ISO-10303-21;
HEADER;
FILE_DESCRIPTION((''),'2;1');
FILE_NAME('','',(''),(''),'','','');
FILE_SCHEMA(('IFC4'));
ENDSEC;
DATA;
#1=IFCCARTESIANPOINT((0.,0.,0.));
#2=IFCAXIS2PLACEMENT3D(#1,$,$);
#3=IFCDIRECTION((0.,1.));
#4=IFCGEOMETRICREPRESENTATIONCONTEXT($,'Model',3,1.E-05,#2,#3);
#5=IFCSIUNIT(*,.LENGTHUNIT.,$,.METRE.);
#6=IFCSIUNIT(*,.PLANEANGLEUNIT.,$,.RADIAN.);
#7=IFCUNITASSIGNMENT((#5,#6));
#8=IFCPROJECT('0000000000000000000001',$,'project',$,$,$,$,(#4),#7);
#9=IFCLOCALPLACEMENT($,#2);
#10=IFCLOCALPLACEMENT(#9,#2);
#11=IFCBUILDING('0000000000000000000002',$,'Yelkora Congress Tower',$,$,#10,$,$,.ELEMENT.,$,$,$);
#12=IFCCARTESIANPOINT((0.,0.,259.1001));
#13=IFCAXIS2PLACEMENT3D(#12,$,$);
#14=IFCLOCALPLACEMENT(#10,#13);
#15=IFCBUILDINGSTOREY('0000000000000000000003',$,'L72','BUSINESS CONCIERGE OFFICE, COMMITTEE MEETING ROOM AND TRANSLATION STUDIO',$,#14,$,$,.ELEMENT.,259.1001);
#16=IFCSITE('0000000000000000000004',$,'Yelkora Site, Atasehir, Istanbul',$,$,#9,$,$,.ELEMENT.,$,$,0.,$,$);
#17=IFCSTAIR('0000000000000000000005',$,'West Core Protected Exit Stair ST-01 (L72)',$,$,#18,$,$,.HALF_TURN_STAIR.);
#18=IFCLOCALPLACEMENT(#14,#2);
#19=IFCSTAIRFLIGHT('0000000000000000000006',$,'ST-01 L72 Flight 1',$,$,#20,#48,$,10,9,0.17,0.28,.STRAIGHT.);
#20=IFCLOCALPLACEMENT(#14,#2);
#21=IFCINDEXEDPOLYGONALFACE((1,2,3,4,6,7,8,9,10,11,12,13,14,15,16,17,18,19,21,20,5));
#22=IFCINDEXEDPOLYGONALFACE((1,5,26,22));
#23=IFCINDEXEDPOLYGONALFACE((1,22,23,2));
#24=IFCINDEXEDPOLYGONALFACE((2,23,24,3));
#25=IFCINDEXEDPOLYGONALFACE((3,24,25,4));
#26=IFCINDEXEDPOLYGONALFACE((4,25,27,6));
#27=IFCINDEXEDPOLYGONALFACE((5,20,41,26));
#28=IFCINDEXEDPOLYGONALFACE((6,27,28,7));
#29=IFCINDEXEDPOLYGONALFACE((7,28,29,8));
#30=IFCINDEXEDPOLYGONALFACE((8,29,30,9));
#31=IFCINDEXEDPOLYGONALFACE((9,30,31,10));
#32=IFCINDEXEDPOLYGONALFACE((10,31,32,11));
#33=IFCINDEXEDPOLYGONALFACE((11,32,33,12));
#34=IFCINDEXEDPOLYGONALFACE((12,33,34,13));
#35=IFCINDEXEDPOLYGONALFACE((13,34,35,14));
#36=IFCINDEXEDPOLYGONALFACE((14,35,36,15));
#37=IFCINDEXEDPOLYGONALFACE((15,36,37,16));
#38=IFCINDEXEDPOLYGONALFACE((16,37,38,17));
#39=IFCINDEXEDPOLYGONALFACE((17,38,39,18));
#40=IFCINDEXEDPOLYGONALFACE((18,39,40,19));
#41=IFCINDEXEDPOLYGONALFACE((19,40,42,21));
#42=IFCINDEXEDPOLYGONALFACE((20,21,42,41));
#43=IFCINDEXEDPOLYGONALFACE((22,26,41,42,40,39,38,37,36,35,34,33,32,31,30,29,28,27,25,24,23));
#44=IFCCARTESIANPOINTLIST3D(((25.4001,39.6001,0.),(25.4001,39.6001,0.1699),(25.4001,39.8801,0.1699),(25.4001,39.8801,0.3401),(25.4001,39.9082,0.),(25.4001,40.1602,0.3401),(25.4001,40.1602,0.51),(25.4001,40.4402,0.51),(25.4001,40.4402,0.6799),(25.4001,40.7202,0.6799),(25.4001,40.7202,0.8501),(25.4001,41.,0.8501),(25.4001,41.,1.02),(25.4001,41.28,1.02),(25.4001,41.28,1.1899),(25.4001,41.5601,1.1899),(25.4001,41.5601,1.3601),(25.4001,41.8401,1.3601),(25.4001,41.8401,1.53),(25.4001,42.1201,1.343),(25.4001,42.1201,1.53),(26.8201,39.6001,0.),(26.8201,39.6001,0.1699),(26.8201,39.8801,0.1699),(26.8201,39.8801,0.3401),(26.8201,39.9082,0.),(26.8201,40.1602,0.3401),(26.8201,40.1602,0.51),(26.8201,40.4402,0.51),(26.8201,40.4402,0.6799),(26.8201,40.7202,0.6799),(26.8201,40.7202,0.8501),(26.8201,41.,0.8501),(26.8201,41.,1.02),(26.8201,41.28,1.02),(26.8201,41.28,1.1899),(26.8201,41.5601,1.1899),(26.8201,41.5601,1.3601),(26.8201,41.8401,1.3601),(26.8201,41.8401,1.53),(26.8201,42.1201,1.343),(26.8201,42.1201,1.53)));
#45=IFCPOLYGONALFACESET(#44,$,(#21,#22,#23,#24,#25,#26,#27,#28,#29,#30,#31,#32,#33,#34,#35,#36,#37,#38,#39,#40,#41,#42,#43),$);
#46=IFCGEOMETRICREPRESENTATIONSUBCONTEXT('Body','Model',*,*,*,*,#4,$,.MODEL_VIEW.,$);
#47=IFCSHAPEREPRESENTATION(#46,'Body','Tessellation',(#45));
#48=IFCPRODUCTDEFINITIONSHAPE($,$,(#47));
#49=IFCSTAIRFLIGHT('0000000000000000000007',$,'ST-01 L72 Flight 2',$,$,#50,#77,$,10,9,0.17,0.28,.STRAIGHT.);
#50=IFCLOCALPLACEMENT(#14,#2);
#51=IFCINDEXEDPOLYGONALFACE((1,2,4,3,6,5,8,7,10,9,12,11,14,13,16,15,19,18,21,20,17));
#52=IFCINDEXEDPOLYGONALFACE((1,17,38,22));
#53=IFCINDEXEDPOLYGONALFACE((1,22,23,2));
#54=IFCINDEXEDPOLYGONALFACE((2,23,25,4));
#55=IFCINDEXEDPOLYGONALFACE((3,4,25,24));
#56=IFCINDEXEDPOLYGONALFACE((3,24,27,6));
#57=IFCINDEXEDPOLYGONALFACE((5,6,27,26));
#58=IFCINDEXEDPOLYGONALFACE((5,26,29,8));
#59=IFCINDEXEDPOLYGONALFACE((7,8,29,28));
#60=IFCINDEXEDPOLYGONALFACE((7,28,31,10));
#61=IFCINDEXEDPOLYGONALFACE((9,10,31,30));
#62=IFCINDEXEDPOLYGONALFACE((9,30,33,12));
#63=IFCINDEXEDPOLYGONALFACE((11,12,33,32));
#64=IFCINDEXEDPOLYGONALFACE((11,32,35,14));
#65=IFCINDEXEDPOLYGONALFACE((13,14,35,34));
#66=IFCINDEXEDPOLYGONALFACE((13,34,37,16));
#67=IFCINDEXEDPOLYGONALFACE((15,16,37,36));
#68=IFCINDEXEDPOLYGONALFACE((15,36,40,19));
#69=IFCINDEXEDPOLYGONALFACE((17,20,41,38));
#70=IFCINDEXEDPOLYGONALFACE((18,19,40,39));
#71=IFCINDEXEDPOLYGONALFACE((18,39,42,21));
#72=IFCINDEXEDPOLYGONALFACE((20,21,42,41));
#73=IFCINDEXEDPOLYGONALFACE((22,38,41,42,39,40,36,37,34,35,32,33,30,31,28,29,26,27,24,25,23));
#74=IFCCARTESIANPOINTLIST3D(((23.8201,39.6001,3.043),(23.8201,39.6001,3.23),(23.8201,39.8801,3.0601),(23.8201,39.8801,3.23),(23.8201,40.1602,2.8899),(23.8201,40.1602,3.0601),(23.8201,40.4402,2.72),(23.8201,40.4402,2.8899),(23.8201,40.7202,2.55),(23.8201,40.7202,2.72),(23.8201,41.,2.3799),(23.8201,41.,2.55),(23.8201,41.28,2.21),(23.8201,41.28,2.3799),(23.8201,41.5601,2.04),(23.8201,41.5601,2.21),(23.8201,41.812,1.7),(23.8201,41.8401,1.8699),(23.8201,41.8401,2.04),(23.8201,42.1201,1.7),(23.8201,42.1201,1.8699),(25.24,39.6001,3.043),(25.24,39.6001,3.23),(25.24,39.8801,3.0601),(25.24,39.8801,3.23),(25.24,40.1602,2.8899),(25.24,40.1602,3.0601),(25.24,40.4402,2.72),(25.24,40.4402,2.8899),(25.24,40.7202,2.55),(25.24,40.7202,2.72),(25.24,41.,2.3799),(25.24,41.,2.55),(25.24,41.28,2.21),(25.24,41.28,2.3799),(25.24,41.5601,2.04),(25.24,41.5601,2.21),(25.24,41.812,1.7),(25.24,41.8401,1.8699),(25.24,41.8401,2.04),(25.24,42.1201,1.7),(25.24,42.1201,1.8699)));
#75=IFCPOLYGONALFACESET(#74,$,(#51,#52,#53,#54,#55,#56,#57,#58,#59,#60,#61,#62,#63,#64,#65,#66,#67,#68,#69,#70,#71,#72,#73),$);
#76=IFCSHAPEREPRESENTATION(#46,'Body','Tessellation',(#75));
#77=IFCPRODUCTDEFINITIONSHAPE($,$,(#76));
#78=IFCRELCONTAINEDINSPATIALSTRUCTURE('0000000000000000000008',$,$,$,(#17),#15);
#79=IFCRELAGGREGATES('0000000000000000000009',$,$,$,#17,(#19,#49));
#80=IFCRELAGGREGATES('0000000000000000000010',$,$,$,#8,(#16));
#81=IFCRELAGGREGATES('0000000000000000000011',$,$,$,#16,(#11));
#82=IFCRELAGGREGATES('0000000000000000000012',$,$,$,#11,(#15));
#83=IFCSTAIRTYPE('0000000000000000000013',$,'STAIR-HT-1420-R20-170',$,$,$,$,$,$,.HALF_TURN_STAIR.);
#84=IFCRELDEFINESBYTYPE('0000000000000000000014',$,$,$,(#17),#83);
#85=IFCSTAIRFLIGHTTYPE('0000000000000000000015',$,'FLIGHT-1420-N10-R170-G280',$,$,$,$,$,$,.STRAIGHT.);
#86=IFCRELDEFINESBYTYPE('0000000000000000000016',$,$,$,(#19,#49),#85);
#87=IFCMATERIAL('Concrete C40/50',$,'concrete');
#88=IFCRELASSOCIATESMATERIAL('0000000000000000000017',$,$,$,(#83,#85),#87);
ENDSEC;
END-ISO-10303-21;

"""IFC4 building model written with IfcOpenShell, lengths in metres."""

from ifc_helpers import new_model, si_unit, direction, frame, origin, place, context, subcontext, project, spatial, polyline, outline, extrude, material, type_object, element, aggregate, save


model = new_model("IFC4")

# Units and contexts
model_context = context("Model", 3, precision=1e-05, world=origin(), true_north=direction((0.0, 1.0)))
body_context = subcontext(model_context, "Body", "Model", "MODEL_VIEW")
ifc_project = project(units=[si_unit("LENGTHUNIT", "METRE"), si_unit("PLANEANGLEUNIT", "RADIAN")], contexts=[model_context])

# Site, building, storey
site_placement = place(None, origin())
site = spatial("IfcSite", under=ifc_project, at=site_placement, Name="Yelkora Site, Atasehir, Istanbul", CompositionType="ELEMENT", RefElevation=0.0)
building_placement = place(site_placement, origin())
building = spatial("IfcBuilding", under=site, at=building_placement, Name="Yelkora Congress Tower", CompositionType="ELEMENT")
storey_placement = place(building_placement, frame((0.0, 0.0, 259.1001)))
storey = spatial("IfcBuildingStorey", under=building, at=storey_placement, Name="L72", Description="BUSINESS CONCIERGE OFFICE, COMMITTEE MEETING ROOM AND TRANSLATION STUDIO", CompositionType="ELEMENT", Elevation=259.1001)

# Stair, stair flights
ifc_material_1 = material(Name="Concrete C40/50", Category="concrete")
stair_type = type_object("IfcStairType", Name="STAIR-HT-1420-R20-170", PredefinedType="HALF_TURN_STAIR", material=ifc_material_1)
stair_placement = place(storey_placement, origin())
stair = element("IfcStair", 1, at=stair_placement, inside=storey, type_object=stair_type, Name="West Core Protected Exit Stair ST-01 (L72)", PredefinedType="HALF_TURN_STAIR")
stair_flight_type = type_object("IfcStairFlightType", Name="FLIGHT-1420-N10-R170-G280", PredefinedType="STRAIGHT", material=ifc_material_1)
stair_flight_1_placement = place(storey_placement, frame((26.1101, 39.6001, 0.0), z_axis=(0.0, 0.0, 1.0), x_axis=(0.0, 1.0, 0.0)))
stair_flight_1 = element("IfcStairFlight", 2, at=stair_flight_1_placement, type_object=stair_flight_type, Name="ST-01 L72 Flight 1", NumberOfRisers=10, NumberOfTreads=9, PredefinedType="STRAIGHT", RiserHeight=0.17, TreadLength=0.28, context=body_context, shape_type="SweptSolid", body=[
    extrude(outline(polyline([(0.0, 0.0), (0.0, 0.1699), (0.28, 0.1699), (0.28, 0.3401), (0.5601, 0.3401), (0.5601, 0.51), (0.8401, 0.51), (0.8401, 0.6799), (1.1201, 0.6799), (1.1201, 0.8501), (1.3999, 0.8501), (1.3999, 1.02), (1.6799, 1.02), (1.6799, 1.1899), (1.96, 1.1899), (1.96, 1.3601), (2.24, 1.3601), (2.24, 1.53), (2.52, 1.53), (2.52, 1.7), (2.52, 1.343), (0.3081, 0.0), (0.0, 0.0)])), frame((0.0, 0.71, 0.0), z_axis=(0.0, -1.0, 0.0), x_axis=(1.0, 0.0, 0.0)), (0.0, 0.0, 1.0), 1.4199),
])
stair_flight_2_placement = place(storey_placement, frame((24.53, 42.1201, 1.7), z_axis=(0.0, 0.0, 1.0), x_axis=(0.0, -1.0, 0.0)))
stair_flight_2 = element("IfcStairFlight", 3, at=stair_flight_2_placement, type_object=stair_flight_type, Name="ST-01 L72 Flight 2", NumberOfRisers=10, NumberOfTreads=9, PredefinedType="STRAIGHT", RiserHeight=0.17, TreadLength=0.28, context=body_context, shape_type="SweptSolid", body=[
    extrude(outline(polyline([(0.0, 0.0), (0.0, 0.1699), (0.28, 0.1699), (0.28, 0.3401), (0.5601, 0.3401), (0.5601, 0.51), (0.8401, 0.51), (0.8401, 0.6799), (1.1201, 0.6799), (1.1201, 0.8501), (1.3999, 0.8501), (1.3999, 1.02), (1.6799, 1.02), (1.6799, 1.1899), (1.96, 1.1899), (1.96, 1.3601), (2.24, 1.3601), (2.24, 1.53), (2.52, 1.53), (2.52, 1.7), (2.52, 1.343), (0.3081, 0.0), (0.0, 0.0)])), frame((0.0, 0.71, 0.0), z_axis=(0.0, -1.0, 0.0), x_axis=(1.0, 0.0, 0.0)), (0.0, 0.0, 1.0), 1.4199),
])
aggregate(stair, [stair_flight_1, stair_flight_2])

save(model, "model.ifc")
